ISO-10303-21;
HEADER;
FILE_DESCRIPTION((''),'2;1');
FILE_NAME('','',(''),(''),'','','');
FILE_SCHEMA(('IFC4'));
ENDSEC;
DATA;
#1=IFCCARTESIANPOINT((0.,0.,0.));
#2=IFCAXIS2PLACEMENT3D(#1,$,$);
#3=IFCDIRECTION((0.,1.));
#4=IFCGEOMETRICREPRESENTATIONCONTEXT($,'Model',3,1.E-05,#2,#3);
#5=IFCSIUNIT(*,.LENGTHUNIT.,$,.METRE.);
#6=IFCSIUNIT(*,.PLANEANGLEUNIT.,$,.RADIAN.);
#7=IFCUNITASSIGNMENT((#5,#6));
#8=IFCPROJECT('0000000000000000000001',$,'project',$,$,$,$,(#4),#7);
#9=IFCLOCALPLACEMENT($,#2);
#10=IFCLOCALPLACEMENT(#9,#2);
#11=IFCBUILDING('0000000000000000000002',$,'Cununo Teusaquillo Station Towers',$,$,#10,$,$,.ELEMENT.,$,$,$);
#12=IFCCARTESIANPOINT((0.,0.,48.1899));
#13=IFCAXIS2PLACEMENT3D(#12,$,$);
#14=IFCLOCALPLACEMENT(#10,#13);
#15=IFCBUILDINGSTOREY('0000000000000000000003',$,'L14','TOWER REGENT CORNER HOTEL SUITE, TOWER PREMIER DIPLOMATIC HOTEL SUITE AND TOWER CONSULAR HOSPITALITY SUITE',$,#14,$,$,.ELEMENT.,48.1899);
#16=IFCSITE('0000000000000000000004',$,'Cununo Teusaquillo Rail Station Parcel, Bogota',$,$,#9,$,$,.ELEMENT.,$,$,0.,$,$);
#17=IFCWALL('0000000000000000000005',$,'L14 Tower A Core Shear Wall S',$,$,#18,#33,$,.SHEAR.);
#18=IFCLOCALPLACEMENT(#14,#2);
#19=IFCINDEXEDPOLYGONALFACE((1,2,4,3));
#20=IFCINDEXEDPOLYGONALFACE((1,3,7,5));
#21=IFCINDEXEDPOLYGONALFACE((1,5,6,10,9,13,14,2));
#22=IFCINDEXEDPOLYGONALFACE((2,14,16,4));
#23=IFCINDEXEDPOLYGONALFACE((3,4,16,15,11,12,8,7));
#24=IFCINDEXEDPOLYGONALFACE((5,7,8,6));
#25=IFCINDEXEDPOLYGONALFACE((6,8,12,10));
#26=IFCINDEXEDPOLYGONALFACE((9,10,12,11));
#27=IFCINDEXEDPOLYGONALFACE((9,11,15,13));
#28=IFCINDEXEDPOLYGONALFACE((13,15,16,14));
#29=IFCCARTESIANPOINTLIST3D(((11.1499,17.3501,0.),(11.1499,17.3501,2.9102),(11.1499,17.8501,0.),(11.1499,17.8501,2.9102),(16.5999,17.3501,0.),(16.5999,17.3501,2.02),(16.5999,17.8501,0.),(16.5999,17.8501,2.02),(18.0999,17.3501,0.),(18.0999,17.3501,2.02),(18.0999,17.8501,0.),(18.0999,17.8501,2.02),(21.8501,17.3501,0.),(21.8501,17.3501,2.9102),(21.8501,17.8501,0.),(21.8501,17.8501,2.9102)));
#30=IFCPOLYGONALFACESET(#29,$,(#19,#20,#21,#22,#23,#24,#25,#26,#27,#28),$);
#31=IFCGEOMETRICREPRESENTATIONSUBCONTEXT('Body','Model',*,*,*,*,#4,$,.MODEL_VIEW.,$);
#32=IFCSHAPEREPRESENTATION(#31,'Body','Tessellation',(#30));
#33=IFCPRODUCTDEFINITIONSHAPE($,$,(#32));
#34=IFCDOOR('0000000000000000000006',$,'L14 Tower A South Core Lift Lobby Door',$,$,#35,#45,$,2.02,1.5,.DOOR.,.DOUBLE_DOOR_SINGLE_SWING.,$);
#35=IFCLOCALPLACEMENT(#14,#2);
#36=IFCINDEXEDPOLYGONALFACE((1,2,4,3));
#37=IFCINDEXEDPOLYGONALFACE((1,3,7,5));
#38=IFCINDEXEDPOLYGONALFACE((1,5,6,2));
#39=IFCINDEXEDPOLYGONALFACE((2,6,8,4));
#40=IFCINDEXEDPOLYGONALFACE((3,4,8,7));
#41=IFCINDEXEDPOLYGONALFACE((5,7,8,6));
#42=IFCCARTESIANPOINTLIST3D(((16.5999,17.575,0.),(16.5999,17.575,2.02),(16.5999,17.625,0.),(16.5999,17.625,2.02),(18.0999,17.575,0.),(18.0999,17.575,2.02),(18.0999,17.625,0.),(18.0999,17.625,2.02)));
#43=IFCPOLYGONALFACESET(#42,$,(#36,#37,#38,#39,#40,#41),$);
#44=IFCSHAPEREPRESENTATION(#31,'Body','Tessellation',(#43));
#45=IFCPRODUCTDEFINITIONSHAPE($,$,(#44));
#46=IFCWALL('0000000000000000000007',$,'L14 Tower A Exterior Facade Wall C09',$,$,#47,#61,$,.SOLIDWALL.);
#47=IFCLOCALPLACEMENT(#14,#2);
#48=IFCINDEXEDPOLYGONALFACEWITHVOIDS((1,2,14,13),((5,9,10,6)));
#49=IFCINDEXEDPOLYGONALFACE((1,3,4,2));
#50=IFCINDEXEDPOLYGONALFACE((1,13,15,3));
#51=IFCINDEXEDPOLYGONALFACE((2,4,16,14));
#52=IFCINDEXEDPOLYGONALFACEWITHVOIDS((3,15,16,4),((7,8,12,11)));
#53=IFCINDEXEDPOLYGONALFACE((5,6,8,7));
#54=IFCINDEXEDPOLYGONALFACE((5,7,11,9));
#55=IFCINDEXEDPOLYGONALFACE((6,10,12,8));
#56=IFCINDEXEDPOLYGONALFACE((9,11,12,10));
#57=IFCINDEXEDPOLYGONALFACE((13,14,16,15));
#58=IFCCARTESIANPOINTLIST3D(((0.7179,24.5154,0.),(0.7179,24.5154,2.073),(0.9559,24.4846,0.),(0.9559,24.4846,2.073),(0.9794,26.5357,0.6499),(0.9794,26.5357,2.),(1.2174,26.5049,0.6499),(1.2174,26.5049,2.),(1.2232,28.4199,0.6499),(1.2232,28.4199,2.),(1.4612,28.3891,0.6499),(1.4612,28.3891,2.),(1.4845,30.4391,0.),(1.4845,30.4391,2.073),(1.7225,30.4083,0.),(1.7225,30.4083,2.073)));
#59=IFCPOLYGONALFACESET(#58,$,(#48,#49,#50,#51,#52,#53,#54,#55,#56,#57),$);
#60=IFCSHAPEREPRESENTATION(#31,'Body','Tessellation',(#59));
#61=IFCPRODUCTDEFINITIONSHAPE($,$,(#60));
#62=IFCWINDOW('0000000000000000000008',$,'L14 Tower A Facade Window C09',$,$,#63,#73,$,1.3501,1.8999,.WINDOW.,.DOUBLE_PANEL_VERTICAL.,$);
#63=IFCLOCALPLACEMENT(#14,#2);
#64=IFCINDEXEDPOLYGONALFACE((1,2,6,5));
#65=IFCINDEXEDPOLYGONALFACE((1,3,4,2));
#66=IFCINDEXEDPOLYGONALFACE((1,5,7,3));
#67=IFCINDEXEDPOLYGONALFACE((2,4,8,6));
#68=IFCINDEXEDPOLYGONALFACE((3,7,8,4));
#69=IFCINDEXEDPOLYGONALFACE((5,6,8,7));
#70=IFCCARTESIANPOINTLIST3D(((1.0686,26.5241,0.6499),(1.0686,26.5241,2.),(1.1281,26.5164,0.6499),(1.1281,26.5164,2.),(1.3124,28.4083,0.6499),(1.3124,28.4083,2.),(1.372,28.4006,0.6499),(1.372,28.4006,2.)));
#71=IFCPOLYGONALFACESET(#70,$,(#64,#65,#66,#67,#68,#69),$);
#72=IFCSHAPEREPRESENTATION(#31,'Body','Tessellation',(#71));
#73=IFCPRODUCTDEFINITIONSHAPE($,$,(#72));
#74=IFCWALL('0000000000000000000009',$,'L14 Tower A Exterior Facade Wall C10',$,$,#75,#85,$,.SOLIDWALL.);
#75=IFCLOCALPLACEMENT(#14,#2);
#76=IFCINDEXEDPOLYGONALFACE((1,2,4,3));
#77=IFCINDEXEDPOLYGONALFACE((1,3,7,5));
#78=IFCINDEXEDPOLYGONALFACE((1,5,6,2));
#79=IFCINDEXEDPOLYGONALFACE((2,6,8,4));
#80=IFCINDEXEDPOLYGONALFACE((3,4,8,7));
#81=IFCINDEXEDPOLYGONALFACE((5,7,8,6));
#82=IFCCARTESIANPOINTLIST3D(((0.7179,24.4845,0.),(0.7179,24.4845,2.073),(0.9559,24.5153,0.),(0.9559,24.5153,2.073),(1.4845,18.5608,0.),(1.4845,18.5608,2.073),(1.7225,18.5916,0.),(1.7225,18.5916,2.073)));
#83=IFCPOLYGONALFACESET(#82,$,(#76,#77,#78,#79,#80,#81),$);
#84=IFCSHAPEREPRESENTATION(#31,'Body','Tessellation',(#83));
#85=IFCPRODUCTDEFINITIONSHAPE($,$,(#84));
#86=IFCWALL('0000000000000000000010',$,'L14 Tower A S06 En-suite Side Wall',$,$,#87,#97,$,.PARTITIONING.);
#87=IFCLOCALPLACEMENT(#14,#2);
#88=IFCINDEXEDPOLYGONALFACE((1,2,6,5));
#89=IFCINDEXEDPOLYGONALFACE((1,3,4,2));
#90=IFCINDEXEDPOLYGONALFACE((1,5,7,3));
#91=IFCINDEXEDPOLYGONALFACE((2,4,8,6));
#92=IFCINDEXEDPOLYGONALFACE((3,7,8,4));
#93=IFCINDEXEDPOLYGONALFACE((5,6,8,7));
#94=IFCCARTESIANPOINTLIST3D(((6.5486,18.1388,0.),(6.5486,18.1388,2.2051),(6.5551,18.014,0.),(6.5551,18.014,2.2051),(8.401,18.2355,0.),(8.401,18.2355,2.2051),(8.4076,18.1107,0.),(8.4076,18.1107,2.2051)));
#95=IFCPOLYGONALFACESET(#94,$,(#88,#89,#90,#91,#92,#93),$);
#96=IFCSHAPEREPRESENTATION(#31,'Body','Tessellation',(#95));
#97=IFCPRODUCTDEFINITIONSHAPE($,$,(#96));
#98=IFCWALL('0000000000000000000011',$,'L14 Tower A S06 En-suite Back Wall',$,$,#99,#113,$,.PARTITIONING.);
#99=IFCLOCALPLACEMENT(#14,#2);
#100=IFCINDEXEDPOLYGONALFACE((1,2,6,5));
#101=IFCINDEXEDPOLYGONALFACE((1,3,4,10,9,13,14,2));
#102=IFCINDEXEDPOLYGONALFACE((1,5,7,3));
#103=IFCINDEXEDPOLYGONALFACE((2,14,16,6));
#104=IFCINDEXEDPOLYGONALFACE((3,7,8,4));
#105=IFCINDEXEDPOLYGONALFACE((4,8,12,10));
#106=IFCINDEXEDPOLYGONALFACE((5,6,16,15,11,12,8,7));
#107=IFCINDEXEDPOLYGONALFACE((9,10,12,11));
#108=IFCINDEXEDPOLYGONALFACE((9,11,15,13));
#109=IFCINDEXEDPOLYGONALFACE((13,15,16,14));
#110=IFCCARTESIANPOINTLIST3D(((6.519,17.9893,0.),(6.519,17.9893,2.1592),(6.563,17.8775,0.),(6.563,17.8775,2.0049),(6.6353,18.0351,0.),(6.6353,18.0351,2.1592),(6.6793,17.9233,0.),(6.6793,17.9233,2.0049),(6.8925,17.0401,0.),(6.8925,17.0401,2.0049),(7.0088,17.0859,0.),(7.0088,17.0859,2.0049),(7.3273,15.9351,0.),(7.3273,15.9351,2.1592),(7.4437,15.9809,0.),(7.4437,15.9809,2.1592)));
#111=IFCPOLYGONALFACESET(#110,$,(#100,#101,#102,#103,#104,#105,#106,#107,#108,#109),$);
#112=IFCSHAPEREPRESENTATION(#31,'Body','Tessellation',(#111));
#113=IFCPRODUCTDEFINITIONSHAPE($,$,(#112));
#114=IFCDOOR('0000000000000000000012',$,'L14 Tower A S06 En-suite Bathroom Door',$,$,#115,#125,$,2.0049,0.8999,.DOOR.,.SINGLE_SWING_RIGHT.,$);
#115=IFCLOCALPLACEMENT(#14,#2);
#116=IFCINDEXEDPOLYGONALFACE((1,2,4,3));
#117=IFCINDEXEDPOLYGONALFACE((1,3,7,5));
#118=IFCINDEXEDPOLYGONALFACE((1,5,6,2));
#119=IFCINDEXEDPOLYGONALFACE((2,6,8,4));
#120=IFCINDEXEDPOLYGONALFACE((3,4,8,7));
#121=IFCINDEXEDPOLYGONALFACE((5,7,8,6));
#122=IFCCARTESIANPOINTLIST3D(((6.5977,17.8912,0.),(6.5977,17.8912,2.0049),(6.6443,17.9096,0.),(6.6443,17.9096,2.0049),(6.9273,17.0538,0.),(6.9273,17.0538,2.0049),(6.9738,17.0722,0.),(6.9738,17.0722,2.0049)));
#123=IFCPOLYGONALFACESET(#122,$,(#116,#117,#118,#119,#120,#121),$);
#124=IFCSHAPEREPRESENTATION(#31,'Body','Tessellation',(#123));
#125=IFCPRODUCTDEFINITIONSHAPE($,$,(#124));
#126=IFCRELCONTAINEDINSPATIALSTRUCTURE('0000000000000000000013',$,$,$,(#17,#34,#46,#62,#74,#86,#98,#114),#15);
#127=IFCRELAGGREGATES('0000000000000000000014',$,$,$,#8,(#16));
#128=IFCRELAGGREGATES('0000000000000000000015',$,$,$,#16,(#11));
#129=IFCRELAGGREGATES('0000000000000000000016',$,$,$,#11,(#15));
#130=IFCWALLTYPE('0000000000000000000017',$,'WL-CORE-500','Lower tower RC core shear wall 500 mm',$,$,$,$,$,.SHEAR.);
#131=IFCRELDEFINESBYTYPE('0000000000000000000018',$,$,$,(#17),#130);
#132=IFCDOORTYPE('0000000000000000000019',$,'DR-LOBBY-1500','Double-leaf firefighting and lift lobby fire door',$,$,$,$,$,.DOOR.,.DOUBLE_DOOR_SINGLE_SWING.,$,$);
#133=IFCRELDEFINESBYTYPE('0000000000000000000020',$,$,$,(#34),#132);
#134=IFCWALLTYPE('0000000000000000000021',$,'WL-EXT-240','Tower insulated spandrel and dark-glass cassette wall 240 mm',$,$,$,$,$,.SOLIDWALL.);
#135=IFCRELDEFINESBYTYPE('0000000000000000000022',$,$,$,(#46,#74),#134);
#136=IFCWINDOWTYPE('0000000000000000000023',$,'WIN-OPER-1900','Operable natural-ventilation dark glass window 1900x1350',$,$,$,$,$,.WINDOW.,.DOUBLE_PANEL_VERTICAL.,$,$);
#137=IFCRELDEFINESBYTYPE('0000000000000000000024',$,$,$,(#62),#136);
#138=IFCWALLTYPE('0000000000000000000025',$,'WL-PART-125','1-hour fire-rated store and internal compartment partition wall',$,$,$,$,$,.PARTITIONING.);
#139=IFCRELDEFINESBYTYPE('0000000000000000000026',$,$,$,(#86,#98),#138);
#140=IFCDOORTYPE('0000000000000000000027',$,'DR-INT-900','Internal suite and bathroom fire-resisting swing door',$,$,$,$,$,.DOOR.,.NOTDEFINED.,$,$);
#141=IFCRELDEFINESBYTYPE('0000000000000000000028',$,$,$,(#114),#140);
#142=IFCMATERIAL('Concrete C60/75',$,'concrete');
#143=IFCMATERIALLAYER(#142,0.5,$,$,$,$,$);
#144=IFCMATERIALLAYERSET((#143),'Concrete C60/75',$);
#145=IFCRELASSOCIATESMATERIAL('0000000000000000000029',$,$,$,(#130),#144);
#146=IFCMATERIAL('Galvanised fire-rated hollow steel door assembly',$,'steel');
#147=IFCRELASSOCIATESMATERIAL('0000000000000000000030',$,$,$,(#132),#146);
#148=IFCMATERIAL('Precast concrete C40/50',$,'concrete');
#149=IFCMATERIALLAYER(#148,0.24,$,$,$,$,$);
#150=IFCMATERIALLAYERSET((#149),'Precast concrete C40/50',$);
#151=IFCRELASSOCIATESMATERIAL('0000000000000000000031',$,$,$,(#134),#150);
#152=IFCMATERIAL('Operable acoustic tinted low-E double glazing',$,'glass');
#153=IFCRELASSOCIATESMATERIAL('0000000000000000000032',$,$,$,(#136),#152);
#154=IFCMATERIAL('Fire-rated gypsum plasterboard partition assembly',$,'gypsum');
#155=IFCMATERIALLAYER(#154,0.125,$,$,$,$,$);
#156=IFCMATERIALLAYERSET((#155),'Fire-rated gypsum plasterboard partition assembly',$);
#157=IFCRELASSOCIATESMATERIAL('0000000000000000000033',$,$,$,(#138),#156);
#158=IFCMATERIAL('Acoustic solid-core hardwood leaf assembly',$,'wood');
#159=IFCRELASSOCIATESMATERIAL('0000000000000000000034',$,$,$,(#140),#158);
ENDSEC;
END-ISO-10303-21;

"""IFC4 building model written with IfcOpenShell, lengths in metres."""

from ifc_helpers import new_model, si_unit, direction, frame, frame_2d, origin, place, context, subcontext, project, spatial, rectangle, extrude, source, transform, mapped, material, layer, layer_set, type_object, element, fill, save


model = new_model("IFC4")

# Units and contexts
model_context = context("Model", 3, precision=1e-05, world=origin(), true_north=direction((0.0, 1.0)))
body_context = subcontext(model_context, "Body", "Model", "MODEL_VIEW")
ifc_project = project(units=[si_unit("LENGTHUNIT", "METRE"), si_unit("PLANEANGLEUNIT", "RADIAN")], contexts=[model_context])

# Site, building, storey
site_placement = place(None, origin())
site = spatial("IfcSite", under=ifc_project, at=site_placement, Name="Cununo Teusaquillo Rail Station Parcel, Bogota", CompositionType="ELEMENT", RefElevation=0.0)
building_placement = place(site_placement, origin())
building = spatial("IfcBuilding", under=site, at=building_placement, Name="Cununo Teusaquillo Station Towers", CompositionType="ELEMENT")
storey_placement = place(building_placement, frame((0.0, 0.0, 48.1899)))
storey = spatial("IfcBuildingStorey", under=building, at=storey_placement, Name="L14", Description="TOWER REGENT CORNER HOTEL SUITE, TOWER PREMIER DIPLOMATIC HOTEL SUITE AND TOWER CONSULAR HOSPITALITY SUITE", CompositionType="ELEMENT", Elevation=48.1899)

# Shared definitions
ifc_material_1 = material(Name="Concrete C60/75", Category="concrete")
ifc_layer_1 = layer(ifc_material_1, 0.5)
ifc_layer_set_1 = layer_set([ifc_layer_1], Name="Concrete C60/75")
wall_type_1 = type_object("IfcWallType", Name="WL-CORE-500", Description="Lower tower RC core shear wall 500 mm", PredefinedType="SHEAR", material=ifc_layer_set_1)

# Wall, opening, door
wall_1_placement = place(storey_placement, frame((11.1499, 17.6001, 0.0), z_axis=(0.0, 0.0, 1.0), x_axis=(1.0, 0.0, 0.0)))
wall_1 = element("IfcWall", 1, at=wall_1_placement, inside=storey, type_object=wall_type_1, Name="L14 Tower A Core Shear Wall S", PredefinedType="SHEAR", context=body_context, shape_type="SweptSolid", body=[
    extrude(rectangle(XDim=10.7002, YDim=0.5, at=frame_2d((5.3501, 0.0))), origin(), (0.0, 0.0, 1.0), 2.9102),
])
shared_shape_1 = source(origin(), body_context, "Body", "SweptSolid", [
    extrude(rectangle(XDim=1.5, YDim=2.02, at=frame_2d((0.75, 1.01))), frame((0.0, 0.26, 0.0), z_axis=(0.0, -1.0, 0.0), x_axis=(1.0, 0.0, 0.0)), (0.0, 0.0, 1.0), 0.52),
])
opening_1_placement = place(wall_1_placement, frame((5.45, 0.0, 0.0)))
opening_1 = element("IfcOpeningElement", 2, at=opening_1_placement, cuts=wall_1, PredefinedType="OPENING", context=body_context, shape_type="MappedRepresentation", body=[
    mapped(shared_shape_1, transform((0.0, 0.0, 0.0), x_axis=(1.0, 0.0, 0.0), y_axis=(0.0, 1.0, 0.0), z_axis=(0.0, 0.0, 1.0), scale=1.0)),
])
ifc_material_2 = material(Name="Galvanised fire-rated hollow steel door assembly", Category="steel")
door_type_1 = type_object("IfcDoorType", Name="DR-LOBBY-1500", Description="Double-leaf firefighting and lift lobby fire door", OperationType="DOUBLE_DOOR_SINGLE_SWING", PredefinedType="DOOR", material=ifc_material_2)
shared_shape_2 = source(origin(), body_context, "Body", "SweptSolid", [
    extrude(rectangle(XDim=1.5, YDim=2.02, at=frame_2d((0.75, 1.01))), frame((0.0, 0.0249, 0.0), z_axis=(0.0, -1.0, 0.0), x_axis=(1.0, 0.0, 0.0)), (0.0, 0.0, 1.0), 0.05),
])
door_1_placement = place(opening_1_placement, origin())
door_1 = element("IfcDoor", 3, at=door_1_placement, inside=storey, type_object=door_type_1, Name="L14 Tower A South Core Lift Lobby Door", OperationType="DOUBLE_DOOR_SINGLE_SWING", OverallHeight=2.02, OverallWidth=1.5, PredefinedType="DOOR", context=body_context, shape_type="MappedRepresentation", body=[
    mapped(shared_shape_2, transform((0.0, 0.0, 0.0), x_axis=(1.0, 0.0, 0.0), y_axis=(0.0, 1.0, 0.0), z_axis=(0.0, 0.0, 1.0), scale=1.0)),
])
fill(opening_1, door_1)

# Wall, opening, window
ifc_material_3 = material(Name="Precast concrete C40/50", Category="concrete")
ifc_layer_2 = layer(ifc_material_3, 0.24)
ifc_layer_set_2 = layer_set([ifc_layer_2], Name="Precast concrete C40/50")
wall_type_2 = type_object("IfcWallType", Name="WL-EXT-240", Description="Tower insulated spandrel and dark-glass cassette wall 240 mm", PredefinedType="SOLIDWALL", material=ifc_layer_set_2)
wall_2_placement = place(storey_placement, frame((0.8369, 24.5, 0.0), z_axis=(0.0, 0.0, 1.0), x_axis=(0.12834, 0.99173, 0.0)))
wall_2 = element("IfcWall", 4, at=wall_2_placement, inside=storey, type_object=wall_type_2, Name="L14 Tower A Exterior Facade Wall C09", PredefinedType="SOLIDWALL", context=body_context, shape_type="SweptSolid", body=[
    extrude(rectangle(XDim=5.9731, YDim=0.24, at=frame_2d((2.9866, 0.0))), origin(), (0.0, 0.0, 1.0), 2.073),
])
shared_shape_3 = source(origin(), body_context, "Body", "SweptSolid", [
    extrude(rectangle(XDim=1.8999, YDim=1.3501, at=frame_2d((0.95, 0.675))), frame((0.0, 0.1299, 0.0), z_axis=(0.0, -1.0, 0.0), x_axis=(1.0, 0.0, 0.0)), (0.0, 0.0, 1.0), 0.26),
])
opening_2_placement = place(wall_2_placement, frame((2.0371, 0.0, 0.6499)))
opening_2 = element("IfcOpeningElement", 5, at=opening_2_placement, cuts=wall_2, PredefinedType="OPENING", context=body_context, shape_type="MappedRepresentation", body=[
    mapped(shared_shape_3, transform((0.0, 0.0, 0.0), x_axis=(1.0, 0.0, 0.0), y_axis=(0.0, 1.0, 0.0), z_axis=(0.0, 0.0, 1.0), scale=1.0)),
])
ifc_material_4 = material(Name="Operable acoustic tinted low-E double glazing", Category="glass")
window_type = type_object("IfcWindowType", Name="WIN-OPER-1900", Description="Operable natural-ventilation dark glass window 1900x1350", PartitioningType="DOUBLE_PANEL_VERTICAL", PredefinedType="WINDOW", material=ifc_material_4)
shared_shape_4 = source(origin(), body_context, "Body", "SweptSolid", [
    extrude(rectangle(XDim=1.8999, YDim=1.3501, at=frame_2d((0.95, 0.675))), frame((0.0, 0.03, 0.0), z_axis=(0.0, -1.0, 0.0), x_axis=(1.0, 0.0, 0.0)), (0.0, 0.0, 1.0), 0.0601),
])
window_placement = place(opening_2_placement, origin())
window = element("IfcWindow", 6, at=window_placement, inside=storey, type_object=window_type, Name="L14 Tower A Facade Window C09", OverallHeight=1.3501, OverallWidth=1.8999, PartitioningType="DOUBLE_PANEL_VERTICAL", PredefinedType="WINDOW", context=body_context, shape_type="MappedRepresentation", body=[
    mapped(shared_shape_4, transform((0.0, 0.0, 0.0), x_axis=(1.0, 0.0, 0.0), y_axis=(0.0, 1.0, 0.0), z_axis=(0.0, 0.0, 1.0), scale=1.0)),
])
fill(opening_2, window)

# Walls
wall_3_placement = place(storey_placement, frame((1.6035, 18.5762, 0.0), z_axis=(0.0, 0.0, 1.0), x_axis=(-0.12834, 0.99173, 0.0)))
element("IfcWall", 7, at=wall_3_placement, inside=storey, type_object=wall_type_2, Name="L14 Tower A Exterior Facade Wall C10", PredefinedType="SOLIDWALL", context=body_context, shape_type="SweptSolid", body=[
    extrude(rectangle(XDim=5.9731, YDim=0.24, at=frame_2d((2.9866, 0.0))), origin(), (0.0, 0.0, 1.0), 2.073),
])
ifc_material_5 = material(Name="Fire-rated gypsum plasterboard partition assembly", Category="gypsum")
ifc_layer_3 = layer(ifc_material_5, 0.125)
ifc_layer_set_3 = layer_set([ifc_layer_3], Name="Fire-rated gypsum plasterboard partition assembly")
wall_type_3 = type_object("IfcWallType", Name="WL-PART-125", Description="1-hour fire-rated store and internal compartment partition wall", PredefinedType="PARTITIONING", material=ifc_layer_set_3)
wall_4_placement = place(storey_placement, frame((8.4043, 18.1731, 0.0), z_axis=(0.0, 0.0, 1.0), x_axis=(-0.998641, -0.052117, 0.0)))
element("IfcWall", 8, at=wall_4_placement, inside=storey, type_object=wall_type_3, Name="L14 Tower A S06 En-suite Side Wall", PredefinedType="PARTITIONING", context=body_context, shape_type="SweptSolid", body=[
    extrude(rectangle(XDim=1.855, YDim=0.125, at=frame_2d((0.9275, 0.0))), origin(), (0.0, 0.0, 1.0), 2.2051),
])

# Wall, opening, door
wall_5_placement = place(storey_placement, frame((6.5771, 18.0122, 0.0), z_axis=(0.0, 0.0, 1.0), x_axis=(0.366179, -0.930544, 0.0)))
wall_5 = element("IfcWall", 9, at=wall_5_placement, inside=storey, type_object=wall_type_3, Name="L14 Tower A S06 En-suite Back Wall", PredefinedType="PARTITIONING", context=body_context, shape_type="SweptSolid", body=[
    extrude(rectangle(XDim=2.2075, YDim=0.125, at=frame_2d((1.1038, 0.0))), origin(), (0.0, 0.0, 1.0), 2.1592),
])
shared_shape_5 = source(origin(), body_context, "Body", "SweptSolid", [
    extrude(rectangle(XDim=0.8999, YDim=2.0049, at=frame_2d((0.45, 1.0024))), frame((0.0, 0.0725, 0.0), z_axis=(0.0, -1.0, 0.0), x_axis=(1.0, 0.0, 0.0)), (0.0, 0.0, 1.0), 0.145),
])
opening_3_placement = place(wall_5_placement, frame((0.1201, 0.0, 0.0)))
opening_3 = element("IfcOpeningElement", 10, at=opening_3_placement, cuts=wall_5, PredefinedType="OPENING", context=body_context, shape_type="MappedRepresentation", body=[
    mapped(shared_shape_5, transform((0.0, 0.0, 0.0), x_axis=(1.0, 0.0, 0.0), y_axis=(0.0, 1.0, 0.0), z_axis=(0.0, 0.0, 1.0), scale=1.0)),
])
ifc_material_6 = material(Name="Acoustic solid-core hardwood leaf assembly", Category="wood")
door_type_2 = type_object("IfcDoorType", Name="DR-INT-900", Description="Internal suite and bathroom fire-resisting swing door", OperationType="NOTDEFINED", PredefinedType="DOOR", material=ifc_material_6)
shared_shape_6 = source(origin(), body_context, "Body", "SweptSolid", [
    extrude(rectangle(XDim=0.8999, YDim=2.0049, at=frame_2d((0.45, 1.0024))), frame((0.0, 0.0249, 0.0), z_axis=(0.0, -1.0, 0.0), x_axis=(1.0, 0.0, 0.0)), (0.0, 0.0, 1.0), 0.05),
])
door_2_placement = place(opening_3_placement, origin())
door_2 = element("IfcDoor", 11, at=door_2_placement, inside=storey, type_object=door_type_2, Name="L14 Tower A S06 En-suite Bathroom Door", OperationType="SINGLE_SWING_RIGHT", OverallHeight=2.0049, OverallWidth=0.8999, PredefinedType="DOOR", context=body_context, shape_type="MappedRepresentation", body=[
    mapped(shared_shape_6, transform((0.0, 0.0, 0.0), x_axis=(1.0, 0.0, 0.0), y_axis=(0.0, 1.0, 0.0), z_axis=(0.0, 0.0, 1.0), scale=1.0)),
])
fill(opening_3, door_2)

save(model, "model.ifc")
